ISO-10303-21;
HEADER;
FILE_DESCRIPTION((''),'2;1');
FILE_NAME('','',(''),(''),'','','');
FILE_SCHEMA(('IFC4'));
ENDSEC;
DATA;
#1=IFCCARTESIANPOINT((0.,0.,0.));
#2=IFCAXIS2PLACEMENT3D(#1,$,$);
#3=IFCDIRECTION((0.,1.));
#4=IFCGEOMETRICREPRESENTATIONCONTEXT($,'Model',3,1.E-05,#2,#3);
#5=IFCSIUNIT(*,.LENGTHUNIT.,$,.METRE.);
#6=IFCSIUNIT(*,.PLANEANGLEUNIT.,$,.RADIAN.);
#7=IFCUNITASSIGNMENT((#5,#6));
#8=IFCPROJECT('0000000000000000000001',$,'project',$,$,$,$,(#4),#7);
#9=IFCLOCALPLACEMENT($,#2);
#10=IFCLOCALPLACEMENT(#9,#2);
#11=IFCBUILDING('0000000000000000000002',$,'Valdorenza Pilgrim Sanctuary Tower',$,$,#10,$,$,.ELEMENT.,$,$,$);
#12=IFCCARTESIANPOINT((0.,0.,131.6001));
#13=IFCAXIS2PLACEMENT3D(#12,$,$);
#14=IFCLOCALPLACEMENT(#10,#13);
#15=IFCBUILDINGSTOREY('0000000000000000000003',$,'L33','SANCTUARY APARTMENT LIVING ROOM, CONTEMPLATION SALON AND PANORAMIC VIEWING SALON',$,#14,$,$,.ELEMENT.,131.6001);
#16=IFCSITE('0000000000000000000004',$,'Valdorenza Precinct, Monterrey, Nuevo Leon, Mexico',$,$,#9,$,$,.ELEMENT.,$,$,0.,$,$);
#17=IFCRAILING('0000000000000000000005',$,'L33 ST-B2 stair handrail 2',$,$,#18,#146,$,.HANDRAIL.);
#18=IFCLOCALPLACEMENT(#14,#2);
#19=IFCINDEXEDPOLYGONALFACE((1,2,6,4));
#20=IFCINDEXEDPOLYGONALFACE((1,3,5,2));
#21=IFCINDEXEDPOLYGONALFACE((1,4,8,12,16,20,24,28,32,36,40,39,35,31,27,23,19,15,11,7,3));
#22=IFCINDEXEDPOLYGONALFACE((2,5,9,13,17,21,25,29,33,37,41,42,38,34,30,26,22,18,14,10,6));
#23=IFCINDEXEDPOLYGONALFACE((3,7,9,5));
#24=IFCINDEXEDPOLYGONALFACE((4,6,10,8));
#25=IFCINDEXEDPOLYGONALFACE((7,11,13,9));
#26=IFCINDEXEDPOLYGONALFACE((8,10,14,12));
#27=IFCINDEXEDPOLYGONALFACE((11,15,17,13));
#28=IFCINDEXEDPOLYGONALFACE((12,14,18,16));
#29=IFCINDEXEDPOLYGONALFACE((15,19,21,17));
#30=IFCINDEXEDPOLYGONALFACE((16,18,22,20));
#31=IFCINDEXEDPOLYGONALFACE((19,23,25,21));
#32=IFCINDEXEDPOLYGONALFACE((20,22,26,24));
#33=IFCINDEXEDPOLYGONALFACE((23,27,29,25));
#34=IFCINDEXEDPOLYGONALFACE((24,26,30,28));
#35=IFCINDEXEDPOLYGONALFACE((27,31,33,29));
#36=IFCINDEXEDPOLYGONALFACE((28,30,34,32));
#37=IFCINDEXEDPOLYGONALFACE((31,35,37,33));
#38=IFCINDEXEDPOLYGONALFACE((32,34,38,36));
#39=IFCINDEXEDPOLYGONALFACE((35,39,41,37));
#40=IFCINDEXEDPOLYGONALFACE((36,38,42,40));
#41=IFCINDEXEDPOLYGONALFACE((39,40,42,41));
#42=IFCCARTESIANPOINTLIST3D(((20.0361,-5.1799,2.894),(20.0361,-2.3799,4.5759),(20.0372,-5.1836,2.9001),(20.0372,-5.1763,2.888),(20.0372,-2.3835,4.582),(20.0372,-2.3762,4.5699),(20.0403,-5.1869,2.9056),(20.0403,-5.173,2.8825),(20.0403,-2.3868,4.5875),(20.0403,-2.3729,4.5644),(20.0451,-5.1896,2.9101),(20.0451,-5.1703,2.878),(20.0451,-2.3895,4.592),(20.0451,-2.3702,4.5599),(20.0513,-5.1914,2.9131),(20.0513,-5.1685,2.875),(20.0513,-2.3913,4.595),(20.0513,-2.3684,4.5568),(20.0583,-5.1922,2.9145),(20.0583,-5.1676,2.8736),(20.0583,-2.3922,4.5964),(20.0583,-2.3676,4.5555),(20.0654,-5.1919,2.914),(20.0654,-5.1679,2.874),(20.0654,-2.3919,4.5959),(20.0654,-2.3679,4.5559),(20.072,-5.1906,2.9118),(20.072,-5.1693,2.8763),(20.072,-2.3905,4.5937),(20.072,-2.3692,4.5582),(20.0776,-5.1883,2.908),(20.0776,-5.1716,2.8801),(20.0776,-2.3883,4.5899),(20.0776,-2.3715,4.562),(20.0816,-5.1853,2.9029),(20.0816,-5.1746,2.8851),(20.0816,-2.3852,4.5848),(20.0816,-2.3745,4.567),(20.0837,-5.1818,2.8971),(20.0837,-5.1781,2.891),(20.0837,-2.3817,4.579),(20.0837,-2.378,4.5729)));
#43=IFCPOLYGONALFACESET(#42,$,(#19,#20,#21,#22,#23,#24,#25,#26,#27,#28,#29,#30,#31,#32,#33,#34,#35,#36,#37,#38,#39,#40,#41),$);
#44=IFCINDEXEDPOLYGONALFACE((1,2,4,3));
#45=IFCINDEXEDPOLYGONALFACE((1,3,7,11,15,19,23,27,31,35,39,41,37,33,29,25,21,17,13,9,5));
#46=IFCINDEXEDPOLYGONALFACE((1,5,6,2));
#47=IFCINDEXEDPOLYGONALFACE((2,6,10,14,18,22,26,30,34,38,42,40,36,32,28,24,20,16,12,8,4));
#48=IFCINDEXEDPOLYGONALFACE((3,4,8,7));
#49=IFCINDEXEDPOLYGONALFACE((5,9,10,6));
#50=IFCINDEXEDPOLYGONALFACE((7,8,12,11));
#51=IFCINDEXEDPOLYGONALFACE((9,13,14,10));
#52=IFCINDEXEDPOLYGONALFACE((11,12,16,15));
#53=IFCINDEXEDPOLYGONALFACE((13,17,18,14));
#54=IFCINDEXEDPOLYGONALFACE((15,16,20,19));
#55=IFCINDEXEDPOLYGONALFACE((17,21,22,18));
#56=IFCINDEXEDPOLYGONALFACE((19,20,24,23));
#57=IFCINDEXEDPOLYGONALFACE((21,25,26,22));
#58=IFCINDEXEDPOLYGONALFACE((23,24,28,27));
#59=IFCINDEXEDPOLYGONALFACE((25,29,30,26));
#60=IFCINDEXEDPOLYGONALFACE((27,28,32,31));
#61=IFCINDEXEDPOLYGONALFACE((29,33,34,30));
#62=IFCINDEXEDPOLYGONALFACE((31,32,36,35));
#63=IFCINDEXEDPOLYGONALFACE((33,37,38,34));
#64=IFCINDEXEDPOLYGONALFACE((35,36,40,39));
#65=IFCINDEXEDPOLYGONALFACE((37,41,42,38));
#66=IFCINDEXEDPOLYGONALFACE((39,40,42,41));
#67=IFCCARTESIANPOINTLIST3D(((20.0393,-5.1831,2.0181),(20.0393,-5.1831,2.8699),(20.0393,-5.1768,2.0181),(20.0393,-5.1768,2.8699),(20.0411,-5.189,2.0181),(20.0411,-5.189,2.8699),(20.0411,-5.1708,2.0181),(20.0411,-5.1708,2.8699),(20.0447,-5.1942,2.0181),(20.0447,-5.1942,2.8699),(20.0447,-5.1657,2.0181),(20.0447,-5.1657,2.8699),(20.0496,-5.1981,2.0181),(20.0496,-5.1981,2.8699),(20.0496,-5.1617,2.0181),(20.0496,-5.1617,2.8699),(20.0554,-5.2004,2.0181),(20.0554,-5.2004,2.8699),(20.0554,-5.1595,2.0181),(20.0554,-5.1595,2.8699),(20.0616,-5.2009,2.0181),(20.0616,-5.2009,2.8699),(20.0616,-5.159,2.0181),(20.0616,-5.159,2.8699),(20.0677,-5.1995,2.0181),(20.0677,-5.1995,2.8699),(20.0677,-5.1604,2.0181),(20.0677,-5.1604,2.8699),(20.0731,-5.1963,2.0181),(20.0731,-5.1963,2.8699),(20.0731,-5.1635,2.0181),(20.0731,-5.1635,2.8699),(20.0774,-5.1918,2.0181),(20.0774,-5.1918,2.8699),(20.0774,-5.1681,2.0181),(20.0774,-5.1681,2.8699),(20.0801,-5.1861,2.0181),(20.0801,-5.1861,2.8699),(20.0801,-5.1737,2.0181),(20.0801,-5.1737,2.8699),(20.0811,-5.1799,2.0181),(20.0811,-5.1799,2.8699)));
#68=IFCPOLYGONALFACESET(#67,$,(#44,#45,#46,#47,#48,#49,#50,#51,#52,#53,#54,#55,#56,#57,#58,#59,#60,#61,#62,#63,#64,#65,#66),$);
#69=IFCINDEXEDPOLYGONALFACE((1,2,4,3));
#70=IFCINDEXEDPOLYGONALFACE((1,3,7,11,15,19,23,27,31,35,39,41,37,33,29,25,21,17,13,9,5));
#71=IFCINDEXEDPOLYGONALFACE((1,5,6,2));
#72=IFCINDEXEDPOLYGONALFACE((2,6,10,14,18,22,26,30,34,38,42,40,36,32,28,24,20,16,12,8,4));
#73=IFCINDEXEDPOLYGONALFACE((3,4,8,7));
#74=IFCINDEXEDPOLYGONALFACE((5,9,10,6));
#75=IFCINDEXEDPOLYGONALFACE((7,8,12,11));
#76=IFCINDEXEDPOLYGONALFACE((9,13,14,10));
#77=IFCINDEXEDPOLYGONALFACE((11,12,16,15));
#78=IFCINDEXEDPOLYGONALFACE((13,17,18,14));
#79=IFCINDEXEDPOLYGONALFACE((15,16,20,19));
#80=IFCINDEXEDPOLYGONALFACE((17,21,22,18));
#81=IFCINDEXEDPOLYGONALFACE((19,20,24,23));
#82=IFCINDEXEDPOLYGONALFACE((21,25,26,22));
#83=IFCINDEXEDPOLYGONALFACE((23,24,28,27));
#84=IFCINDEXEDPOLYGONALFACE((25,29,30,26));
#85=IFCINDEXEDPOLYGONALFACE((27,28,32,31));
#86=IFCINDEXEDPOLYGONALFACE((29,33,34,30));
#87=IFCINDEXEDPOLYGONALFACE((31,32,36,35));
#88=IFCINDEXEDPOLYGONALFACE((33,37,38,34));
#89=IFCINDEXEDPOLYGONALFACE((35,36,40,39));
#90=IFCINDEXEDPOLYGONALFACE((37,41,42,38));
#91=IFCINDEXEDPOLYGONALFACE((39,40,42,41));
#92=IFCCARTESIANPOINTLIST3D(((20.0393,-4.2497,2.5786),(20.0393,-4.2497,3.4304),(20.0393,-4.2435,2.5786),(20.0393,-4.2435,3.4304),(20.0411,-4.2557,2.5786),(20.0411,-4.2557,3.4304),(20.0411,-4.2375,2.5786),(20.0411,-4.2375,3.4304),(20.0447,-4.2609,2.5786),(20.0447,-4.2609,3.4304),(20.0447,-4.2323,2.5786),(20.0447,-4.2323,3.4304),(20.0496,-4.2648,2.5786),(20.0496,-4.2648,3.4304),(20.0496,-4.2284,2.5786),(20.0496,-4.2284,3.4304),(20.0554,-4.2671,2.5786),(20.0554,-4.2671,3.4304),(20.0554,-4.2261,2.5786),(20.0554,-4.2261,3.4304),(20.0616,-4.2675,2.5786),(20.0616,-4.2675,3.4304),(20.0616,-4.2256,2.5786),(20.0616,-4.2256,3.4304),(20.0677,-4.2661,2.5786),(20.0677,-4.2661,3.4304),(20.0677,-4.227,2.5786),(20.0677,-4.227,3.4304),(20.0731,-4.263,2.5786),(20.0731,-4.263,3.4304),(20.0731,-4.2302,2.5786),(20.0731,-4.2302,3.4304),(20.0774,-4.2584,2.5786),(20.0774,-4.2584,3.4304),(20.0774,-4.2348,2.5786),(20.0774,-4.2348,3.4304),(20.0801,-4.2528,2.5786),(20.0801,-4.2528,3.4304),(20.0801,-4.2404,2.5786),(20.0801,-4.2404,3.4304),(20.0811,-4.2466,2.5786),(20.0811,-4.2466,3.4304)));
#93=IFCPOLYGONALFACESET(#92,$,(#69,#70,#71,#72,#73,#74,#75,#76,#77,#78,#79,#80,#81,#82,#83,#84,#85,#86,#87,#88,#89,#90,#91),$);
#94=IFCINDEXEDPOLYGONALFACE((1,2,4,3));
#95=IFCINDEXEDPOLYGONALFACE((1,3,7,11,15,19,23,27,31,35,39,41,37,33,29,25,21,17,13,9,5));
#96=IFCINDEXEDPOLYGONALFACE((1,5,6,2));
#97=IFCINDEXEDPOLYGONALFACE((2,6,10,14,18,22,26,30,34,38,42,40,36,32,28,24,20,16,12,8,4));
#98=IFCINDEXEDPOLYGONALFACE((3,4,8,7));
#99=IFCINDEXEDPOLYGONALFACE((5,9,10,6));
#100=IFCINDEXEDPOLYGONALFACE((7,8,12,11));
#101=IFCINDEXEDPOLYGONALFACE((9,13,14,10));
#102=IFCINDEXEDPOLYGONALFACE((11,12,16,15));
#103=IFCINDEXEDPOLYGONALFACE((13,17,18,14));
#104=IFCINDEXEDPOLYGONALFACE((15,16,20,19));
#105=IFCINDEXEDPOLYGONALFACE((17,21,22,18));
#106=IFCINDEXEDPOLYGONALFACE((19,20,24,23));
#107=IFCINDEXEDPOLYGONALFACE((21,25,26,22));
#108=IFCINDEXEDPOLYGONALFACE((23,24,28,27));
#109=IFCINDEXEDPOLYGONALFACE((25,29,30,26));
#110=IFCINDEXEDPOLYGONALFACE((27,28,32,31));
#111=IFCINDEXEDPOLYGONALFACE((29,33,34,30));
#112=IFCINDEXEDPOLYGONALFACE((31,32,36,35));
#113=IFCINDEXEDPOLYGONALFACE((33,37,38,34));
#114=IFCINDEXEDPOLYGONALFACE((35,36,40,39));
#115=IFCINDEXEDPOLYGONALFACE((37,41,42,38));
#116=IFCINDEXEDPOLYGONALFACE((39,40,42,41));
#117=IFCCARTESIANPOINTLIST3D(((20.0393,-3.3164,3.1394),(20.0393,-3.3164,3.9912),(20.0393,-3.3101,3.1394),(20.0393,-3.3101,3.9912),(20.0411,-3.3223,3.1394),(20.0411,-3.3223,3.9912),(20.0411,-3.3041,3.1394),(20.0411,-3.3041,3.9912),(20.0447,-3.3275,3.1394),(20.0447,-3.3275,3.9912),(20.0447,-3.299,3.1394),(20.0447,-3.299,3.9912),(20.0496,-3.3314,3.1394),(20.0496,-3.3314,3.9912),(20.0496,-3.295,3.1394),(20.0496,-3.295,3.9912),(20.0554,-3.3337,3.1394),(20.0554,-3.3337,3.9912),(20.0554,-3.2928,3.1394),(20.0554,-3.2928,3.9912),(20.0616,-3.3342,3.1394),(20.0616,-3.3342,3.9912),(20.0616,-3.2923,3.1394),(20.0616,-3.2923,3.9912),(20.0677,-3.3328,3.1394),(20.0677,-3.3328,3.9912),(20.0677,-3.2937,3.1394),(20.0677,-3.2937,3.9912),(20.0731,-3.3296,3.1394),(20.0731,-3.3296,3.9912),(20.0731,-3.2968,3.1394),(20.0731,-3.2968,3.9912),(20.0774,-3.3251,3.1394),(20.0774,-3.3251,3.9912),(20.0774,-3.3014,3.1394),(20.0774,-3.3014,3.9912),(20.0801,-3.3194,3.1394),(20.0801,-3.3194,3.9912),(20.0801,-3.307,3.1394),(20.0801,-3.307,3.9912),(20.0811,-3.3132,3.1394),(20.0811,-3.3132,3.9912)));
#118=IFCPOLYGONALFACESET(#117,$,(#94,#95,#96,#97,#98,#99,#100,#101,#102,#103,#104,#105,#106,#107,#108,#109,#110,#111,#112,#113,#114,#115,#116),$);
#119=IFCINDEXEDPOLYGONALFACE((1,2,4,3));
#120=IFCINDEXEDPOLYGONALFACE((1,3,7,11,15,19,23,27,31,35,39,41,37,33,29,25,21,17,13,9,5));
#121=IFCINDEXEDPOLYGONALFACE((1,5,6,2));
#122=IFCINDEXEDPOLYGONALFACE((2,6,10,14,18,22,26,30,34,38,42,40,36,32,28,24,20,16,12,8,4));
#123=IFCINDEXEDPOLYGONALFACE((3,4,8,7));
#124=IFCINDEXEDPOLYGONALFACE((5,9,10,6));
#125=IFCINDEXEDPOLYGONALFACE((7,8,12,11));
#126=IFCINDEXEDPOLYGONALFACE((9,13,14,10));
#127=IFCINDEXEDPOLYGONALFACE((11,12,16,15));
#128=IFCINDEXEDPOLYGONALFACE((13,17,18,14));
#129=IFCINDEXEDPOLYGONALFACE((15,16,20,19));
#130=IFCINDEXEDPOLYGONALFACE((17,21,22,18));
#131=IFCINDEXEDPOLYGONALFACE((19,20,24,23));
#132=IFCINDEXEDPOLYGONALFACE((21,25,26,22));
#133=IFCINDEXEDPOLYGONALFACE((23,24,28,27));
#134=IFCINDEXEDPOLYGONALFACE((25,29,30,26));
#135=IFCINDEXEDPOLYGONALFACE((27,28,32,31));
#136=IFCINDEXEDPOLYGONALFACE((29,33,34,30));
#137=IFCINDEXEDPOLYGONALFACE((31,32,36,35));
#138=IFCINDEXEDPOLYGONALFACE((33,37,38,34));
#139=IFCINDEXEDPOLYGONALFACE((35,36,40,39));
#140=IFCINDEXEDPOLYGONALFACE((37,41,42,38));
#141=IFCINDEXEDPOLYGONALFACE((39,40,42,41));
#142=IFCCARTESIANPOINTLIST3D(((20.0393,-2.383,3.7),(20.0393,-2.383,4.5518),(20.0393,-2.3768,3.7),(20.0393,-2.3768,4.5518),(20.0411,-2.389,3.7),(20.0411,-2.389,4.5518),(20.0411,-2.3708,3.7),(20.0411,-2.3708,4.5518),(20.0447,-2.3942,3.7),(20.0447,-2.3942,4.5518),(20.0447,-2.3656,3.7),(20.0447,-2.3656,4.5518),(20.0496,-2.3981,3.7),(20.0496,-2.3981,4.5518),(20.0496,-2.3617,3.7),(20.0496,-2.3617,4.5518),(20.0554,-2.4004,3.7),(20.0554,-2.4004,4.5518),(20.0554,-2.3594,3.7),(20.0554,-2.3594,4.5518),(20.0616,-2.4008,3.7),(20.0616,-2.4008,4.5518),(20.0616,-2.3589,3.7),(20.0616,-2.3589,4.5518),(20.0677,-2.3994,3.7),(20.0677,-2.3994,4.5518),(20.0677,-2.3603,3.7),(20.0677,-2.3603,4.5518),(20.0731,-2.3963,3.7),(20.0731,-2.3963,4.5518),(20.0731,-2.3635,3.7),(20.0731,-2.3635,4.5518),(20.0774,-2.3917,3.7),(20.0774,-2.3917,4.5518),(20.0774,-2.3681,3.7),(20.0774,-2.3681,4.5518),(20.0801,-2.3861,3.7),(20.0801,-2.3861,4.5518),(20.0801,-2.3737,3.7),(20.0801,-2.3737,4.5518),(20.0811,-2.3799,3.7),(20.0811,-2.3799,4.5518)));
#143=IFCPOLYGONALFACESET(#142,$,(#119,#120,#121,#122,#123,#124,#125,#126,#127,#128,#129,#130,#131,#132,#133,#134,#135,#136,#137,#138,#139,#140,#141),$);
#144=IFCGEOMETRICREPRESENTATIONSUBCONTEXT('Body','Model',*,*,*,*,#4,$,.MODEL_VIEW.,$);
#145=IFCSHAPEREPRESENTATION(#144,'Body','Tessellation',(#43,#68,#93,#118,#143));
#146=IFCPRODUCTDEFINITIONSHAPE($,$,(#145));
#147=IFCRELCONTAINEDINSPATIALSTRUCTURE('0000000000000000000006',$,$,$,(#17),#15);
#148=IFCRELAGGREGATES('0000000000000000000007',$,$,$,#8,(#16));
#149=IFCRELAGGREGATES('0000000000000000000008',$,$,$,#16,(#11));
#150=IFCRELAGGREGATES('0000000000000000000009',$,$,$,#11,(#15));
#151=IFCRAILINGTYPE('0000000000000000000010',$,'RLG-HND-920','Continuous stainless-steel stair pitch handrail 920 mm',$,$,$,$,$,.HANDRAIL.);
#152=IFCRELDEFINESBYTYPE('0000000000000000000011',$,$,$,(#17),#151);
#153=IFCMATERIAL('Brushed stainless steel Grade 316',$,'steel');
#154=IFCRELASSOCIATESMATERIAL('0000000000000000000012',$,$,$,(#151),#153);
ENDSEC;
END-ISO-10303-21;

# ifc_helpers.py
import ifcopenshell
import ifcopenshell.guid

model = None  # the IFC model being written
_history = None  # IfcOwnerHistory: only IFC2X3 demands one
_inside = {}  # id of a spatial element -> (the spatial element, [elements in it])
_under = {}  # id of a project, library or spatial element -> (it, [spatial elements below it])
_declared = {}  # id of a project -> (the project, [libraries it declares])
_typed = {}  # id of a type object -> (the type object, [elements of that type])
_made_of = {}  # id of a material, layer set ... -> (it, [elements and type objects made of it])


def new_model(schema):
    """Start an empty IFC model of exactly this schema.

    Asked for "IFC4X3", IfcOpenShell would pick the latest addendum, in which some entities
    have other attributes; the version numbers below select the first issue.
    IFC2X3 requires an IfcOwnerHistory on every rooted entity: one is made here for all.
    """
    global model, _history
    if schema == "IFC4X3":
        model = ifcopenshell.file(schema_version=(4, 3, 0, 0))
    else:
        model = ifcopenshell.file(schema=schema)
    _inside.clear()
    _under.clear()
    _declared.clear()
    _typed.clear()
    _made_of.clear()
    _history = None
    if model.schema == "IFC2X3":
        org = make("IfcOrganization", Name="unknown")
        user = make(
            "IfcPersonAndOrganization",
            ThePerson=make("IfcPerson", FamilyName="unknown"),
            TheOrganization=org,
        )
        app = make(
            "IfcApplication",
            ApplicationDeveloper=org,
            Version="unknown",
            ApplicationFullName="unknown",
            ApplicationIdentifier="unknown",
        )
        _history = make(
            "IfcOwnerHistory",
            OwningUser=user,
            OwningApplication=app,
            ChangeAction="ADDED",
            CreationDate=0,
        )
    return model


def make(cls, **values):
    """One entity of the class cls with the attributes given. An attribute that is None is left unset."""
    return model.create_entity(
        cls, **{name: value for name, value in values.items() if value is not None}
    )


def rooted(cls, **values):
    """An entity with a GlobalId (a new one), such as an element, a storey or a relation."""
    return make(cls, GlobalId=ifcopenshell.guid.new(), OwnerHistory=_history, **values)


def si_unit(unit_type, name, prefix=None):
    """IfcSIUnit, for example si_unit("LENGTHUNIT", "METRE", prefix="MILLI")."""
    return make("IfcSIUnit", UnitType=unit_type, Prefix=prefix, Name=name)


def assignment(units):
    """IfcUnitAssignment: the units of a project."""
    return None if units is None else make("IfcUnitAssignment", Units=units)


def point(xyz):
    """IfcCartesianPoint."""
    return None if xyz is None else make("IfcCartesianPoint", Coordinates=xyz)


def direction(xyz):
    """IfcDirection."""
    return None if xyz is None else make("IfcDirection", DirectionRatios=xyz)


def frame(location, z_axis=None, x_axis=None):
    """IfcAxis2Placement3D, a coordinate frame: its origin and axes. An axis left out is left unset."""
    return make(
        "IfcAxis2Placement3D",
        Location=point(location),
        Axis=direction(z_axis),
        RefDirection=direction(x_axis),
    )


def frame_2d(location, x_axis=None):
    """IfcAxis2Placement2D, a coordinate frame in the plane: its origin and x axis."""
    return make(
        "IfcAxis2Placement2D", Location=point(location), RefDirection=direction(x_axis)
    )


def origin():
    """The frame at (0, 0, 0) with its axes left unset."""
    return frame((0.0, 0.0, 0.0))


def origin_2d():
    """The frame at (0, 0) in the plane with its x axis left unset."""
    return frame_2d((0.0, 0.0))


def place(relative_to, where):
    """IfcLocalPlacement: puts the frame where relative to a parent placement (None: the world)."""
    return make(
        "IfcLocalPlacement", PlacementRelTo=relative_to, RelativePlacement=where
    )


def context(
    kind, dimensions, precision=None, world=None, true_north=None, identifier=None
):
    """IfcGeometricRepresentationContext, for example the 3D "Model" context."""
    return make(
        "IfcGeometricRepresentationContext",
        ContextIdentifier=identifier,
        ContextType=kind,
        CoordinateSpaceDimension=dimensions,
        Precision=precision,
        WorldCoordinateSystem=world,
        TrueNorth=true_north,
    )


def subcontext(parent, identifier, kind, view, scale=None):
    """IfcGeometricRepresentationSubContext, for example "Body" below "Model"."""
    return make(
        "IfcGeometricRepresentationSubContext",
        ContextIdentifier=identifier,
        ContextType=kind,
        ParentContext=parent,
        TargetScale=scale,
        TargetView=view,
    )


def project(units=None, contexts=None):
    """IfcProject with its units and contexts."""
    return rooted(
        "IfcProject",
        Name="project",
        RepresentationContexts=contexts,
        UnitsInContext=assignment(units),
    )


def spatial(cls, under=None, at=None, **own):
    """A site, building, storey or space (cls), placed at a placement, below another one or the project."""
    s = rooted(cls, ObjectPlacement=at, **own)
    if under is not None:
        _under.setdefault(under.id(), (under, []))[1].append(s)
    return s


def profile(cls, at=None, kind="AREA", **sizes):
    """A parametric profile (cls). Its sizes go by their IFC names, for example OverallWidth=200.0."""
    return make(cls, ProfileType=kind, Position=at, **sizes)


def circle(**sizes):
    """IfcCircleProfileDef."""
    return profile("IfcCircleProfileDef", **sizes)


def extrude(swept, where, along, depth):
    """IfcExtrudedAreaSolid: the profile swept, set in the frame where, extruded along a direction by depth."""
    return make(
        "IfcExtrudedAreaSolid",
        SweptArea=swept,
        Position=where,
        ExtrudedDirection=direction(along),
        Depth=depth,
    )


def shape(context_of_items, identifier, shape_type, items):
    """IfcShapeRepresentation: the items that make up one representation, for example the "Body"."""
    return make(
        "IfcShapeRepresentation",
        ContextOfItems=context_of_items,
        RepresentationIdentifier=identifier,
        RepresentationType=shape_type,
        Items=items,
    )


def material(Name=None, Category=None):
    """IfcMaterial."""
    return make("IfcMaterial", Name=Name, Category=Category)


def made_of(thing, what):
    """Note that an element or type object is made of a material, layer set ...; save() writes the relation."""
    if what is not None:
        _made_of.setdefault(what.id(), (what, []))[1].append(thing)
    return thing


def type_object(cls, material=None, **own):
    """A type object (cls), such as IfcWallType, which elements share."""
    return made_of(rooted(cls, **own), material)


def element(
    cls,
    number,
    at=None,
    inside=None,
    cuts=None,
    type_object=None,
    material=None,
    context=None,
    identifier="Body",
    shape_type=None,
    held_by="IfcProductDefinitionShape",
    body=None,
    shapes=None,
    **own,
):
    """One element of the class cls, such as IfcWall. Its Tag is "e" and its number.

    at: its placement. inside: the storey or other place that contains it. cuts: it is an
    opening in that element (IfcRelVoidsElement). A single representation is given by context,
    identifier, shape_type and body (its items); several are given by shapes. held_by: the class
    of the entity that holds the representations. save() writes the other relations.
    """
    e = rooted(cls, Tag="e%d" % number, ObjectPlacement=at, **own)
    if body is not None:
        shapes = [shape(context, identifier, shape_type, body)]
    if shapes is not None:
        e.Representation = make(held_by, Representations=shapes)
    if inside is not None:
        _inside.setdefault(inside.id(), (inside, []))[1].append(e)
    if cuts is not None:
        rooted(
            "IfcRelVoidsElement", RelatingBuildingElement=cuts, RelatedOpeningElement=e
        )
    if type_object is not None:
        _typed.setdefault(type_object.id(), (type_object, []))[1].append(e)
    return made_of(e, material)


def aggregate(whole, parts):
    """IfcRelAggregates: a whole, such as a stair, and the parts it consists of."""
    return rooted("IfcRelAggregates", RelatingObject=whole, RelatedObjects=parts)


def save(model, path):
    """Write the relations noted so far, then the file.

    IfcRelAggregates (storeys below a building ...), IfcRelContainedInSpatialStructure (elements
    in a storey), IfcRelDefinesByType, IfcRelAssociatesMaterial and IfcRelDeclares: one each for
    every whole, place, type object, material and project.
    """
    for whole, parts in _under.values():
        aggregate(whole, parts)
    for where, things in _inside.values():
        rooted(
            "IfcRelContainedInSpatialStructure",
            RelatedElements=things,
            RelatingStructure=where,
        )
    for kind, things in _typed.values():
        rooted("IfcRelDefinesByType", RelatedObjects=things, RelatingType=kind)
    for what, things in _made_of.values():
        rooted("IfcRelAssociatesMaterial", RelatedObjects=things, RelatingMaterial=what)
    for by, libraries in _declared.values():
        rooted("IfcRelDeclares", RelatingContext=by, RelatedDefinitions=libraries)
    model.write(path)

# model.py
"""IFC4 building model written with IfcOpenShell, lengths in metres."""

from ifc_helpers import new_model, si_unit, direction, frame, origin, origin_2d, place, context, subcontext, project, spatial, circle, extrude, material, type_object, element, save


model = new_model("IFC4")

# Units and contexts
model_context = context("Model", 3, precision=1e-05, world=origin(), true_north=direction((0.0, 1.0)))
body_context = subcontext(model_context, "Body", "Model", "MODEL_VIEW")
ifc_project = project(units=[si_unit("LENGTHUNIT", "METRE"), si_unit("PLANEANGLEUNIT", "RADIAN")], contexts=[model_context])

# Site, building, storey
site_placement = place(None, origin())
site = spatial("IfcSite", under=ifc_project, at=site_placement, Name="Valdorenza Precinct, Monterrey, Nuevo Leon, Mexico", CompositionType="ELEMENT", RefElevation=0.0)
building_placement = place(site_placement, origin())
building = spatial("IfcBuilding", under=site, at=building_placement, Name="Valdorenza Pilgrim Sanctuary Tower", CompositionType="ELEMENT")
storey_placement = place(building_placement, frame((0.0, 0.0, 131.6001)))
storey = spatial("IfcBuildingStorey", under=building, at=storey_placement, Name="L33", Description="SANCTUARY APARTMENT LIVING ROOM, CONTEMPLATION SALON AND PANORAMIC VIEWING SALON", CompositionType="ELEMENT", Elevation=131.6001)

# Railing
ifc_material_1 = material(Name="Brushed stainless steel Grade 316", Category="steel")
railing_type_1 = type_object("IfcRailingType", Name="RLG-HND-920", Description="Continuous stainless-steel stair pitch handrail 920 mm", PredefinedType="HANDRAIL", material=ifc_material_1)
railing_1_placement = place(storey_placement, frame((20.0601, -5.1799, 2.0181)))
element("IfcRailing", 1, at=railing_1_placement, inside=storey, type_object=railing_type_1, Name="L33 ST-B2 stair handrail 2", PredefinedType="HANDRAIL", context=body_context, shape_type="SweptSolid", body=[
    extrude(circle(Radius=0.0239, at=origin_2d()), frame((0.0, 0.0, 0.876), z_axis=(0.0, 0.857242, 0.514913), x_axis=(-1.0, 0.0, 0.0)), (0.0, 0.0, 1.0), 3.2664),
    extrude(circle(Radius=0.021, at=origin_2d()), origin(), (0.0, 0.0, 1.0), 0.8518),
    extrude(circle(Radius=0.021, at=origin_2d()), frame((0.0, 0.9333, 0.5605)), (0.0, 0.0, 1.0), 0.8518),
    extrude(circle(Radius=0.021, at=origin_2d()), frame((0.0, 1.8667, 1.1213)), (0.0, 0.0, 1.0), 0.8518),
    extrude(circle(Radius=0.021, at=origin_2d()), frame((0.0, 2.8, 1.6819)), (0.0, 0.0, 1.0), 0.8518),
])

save(model, "model.ifc")
